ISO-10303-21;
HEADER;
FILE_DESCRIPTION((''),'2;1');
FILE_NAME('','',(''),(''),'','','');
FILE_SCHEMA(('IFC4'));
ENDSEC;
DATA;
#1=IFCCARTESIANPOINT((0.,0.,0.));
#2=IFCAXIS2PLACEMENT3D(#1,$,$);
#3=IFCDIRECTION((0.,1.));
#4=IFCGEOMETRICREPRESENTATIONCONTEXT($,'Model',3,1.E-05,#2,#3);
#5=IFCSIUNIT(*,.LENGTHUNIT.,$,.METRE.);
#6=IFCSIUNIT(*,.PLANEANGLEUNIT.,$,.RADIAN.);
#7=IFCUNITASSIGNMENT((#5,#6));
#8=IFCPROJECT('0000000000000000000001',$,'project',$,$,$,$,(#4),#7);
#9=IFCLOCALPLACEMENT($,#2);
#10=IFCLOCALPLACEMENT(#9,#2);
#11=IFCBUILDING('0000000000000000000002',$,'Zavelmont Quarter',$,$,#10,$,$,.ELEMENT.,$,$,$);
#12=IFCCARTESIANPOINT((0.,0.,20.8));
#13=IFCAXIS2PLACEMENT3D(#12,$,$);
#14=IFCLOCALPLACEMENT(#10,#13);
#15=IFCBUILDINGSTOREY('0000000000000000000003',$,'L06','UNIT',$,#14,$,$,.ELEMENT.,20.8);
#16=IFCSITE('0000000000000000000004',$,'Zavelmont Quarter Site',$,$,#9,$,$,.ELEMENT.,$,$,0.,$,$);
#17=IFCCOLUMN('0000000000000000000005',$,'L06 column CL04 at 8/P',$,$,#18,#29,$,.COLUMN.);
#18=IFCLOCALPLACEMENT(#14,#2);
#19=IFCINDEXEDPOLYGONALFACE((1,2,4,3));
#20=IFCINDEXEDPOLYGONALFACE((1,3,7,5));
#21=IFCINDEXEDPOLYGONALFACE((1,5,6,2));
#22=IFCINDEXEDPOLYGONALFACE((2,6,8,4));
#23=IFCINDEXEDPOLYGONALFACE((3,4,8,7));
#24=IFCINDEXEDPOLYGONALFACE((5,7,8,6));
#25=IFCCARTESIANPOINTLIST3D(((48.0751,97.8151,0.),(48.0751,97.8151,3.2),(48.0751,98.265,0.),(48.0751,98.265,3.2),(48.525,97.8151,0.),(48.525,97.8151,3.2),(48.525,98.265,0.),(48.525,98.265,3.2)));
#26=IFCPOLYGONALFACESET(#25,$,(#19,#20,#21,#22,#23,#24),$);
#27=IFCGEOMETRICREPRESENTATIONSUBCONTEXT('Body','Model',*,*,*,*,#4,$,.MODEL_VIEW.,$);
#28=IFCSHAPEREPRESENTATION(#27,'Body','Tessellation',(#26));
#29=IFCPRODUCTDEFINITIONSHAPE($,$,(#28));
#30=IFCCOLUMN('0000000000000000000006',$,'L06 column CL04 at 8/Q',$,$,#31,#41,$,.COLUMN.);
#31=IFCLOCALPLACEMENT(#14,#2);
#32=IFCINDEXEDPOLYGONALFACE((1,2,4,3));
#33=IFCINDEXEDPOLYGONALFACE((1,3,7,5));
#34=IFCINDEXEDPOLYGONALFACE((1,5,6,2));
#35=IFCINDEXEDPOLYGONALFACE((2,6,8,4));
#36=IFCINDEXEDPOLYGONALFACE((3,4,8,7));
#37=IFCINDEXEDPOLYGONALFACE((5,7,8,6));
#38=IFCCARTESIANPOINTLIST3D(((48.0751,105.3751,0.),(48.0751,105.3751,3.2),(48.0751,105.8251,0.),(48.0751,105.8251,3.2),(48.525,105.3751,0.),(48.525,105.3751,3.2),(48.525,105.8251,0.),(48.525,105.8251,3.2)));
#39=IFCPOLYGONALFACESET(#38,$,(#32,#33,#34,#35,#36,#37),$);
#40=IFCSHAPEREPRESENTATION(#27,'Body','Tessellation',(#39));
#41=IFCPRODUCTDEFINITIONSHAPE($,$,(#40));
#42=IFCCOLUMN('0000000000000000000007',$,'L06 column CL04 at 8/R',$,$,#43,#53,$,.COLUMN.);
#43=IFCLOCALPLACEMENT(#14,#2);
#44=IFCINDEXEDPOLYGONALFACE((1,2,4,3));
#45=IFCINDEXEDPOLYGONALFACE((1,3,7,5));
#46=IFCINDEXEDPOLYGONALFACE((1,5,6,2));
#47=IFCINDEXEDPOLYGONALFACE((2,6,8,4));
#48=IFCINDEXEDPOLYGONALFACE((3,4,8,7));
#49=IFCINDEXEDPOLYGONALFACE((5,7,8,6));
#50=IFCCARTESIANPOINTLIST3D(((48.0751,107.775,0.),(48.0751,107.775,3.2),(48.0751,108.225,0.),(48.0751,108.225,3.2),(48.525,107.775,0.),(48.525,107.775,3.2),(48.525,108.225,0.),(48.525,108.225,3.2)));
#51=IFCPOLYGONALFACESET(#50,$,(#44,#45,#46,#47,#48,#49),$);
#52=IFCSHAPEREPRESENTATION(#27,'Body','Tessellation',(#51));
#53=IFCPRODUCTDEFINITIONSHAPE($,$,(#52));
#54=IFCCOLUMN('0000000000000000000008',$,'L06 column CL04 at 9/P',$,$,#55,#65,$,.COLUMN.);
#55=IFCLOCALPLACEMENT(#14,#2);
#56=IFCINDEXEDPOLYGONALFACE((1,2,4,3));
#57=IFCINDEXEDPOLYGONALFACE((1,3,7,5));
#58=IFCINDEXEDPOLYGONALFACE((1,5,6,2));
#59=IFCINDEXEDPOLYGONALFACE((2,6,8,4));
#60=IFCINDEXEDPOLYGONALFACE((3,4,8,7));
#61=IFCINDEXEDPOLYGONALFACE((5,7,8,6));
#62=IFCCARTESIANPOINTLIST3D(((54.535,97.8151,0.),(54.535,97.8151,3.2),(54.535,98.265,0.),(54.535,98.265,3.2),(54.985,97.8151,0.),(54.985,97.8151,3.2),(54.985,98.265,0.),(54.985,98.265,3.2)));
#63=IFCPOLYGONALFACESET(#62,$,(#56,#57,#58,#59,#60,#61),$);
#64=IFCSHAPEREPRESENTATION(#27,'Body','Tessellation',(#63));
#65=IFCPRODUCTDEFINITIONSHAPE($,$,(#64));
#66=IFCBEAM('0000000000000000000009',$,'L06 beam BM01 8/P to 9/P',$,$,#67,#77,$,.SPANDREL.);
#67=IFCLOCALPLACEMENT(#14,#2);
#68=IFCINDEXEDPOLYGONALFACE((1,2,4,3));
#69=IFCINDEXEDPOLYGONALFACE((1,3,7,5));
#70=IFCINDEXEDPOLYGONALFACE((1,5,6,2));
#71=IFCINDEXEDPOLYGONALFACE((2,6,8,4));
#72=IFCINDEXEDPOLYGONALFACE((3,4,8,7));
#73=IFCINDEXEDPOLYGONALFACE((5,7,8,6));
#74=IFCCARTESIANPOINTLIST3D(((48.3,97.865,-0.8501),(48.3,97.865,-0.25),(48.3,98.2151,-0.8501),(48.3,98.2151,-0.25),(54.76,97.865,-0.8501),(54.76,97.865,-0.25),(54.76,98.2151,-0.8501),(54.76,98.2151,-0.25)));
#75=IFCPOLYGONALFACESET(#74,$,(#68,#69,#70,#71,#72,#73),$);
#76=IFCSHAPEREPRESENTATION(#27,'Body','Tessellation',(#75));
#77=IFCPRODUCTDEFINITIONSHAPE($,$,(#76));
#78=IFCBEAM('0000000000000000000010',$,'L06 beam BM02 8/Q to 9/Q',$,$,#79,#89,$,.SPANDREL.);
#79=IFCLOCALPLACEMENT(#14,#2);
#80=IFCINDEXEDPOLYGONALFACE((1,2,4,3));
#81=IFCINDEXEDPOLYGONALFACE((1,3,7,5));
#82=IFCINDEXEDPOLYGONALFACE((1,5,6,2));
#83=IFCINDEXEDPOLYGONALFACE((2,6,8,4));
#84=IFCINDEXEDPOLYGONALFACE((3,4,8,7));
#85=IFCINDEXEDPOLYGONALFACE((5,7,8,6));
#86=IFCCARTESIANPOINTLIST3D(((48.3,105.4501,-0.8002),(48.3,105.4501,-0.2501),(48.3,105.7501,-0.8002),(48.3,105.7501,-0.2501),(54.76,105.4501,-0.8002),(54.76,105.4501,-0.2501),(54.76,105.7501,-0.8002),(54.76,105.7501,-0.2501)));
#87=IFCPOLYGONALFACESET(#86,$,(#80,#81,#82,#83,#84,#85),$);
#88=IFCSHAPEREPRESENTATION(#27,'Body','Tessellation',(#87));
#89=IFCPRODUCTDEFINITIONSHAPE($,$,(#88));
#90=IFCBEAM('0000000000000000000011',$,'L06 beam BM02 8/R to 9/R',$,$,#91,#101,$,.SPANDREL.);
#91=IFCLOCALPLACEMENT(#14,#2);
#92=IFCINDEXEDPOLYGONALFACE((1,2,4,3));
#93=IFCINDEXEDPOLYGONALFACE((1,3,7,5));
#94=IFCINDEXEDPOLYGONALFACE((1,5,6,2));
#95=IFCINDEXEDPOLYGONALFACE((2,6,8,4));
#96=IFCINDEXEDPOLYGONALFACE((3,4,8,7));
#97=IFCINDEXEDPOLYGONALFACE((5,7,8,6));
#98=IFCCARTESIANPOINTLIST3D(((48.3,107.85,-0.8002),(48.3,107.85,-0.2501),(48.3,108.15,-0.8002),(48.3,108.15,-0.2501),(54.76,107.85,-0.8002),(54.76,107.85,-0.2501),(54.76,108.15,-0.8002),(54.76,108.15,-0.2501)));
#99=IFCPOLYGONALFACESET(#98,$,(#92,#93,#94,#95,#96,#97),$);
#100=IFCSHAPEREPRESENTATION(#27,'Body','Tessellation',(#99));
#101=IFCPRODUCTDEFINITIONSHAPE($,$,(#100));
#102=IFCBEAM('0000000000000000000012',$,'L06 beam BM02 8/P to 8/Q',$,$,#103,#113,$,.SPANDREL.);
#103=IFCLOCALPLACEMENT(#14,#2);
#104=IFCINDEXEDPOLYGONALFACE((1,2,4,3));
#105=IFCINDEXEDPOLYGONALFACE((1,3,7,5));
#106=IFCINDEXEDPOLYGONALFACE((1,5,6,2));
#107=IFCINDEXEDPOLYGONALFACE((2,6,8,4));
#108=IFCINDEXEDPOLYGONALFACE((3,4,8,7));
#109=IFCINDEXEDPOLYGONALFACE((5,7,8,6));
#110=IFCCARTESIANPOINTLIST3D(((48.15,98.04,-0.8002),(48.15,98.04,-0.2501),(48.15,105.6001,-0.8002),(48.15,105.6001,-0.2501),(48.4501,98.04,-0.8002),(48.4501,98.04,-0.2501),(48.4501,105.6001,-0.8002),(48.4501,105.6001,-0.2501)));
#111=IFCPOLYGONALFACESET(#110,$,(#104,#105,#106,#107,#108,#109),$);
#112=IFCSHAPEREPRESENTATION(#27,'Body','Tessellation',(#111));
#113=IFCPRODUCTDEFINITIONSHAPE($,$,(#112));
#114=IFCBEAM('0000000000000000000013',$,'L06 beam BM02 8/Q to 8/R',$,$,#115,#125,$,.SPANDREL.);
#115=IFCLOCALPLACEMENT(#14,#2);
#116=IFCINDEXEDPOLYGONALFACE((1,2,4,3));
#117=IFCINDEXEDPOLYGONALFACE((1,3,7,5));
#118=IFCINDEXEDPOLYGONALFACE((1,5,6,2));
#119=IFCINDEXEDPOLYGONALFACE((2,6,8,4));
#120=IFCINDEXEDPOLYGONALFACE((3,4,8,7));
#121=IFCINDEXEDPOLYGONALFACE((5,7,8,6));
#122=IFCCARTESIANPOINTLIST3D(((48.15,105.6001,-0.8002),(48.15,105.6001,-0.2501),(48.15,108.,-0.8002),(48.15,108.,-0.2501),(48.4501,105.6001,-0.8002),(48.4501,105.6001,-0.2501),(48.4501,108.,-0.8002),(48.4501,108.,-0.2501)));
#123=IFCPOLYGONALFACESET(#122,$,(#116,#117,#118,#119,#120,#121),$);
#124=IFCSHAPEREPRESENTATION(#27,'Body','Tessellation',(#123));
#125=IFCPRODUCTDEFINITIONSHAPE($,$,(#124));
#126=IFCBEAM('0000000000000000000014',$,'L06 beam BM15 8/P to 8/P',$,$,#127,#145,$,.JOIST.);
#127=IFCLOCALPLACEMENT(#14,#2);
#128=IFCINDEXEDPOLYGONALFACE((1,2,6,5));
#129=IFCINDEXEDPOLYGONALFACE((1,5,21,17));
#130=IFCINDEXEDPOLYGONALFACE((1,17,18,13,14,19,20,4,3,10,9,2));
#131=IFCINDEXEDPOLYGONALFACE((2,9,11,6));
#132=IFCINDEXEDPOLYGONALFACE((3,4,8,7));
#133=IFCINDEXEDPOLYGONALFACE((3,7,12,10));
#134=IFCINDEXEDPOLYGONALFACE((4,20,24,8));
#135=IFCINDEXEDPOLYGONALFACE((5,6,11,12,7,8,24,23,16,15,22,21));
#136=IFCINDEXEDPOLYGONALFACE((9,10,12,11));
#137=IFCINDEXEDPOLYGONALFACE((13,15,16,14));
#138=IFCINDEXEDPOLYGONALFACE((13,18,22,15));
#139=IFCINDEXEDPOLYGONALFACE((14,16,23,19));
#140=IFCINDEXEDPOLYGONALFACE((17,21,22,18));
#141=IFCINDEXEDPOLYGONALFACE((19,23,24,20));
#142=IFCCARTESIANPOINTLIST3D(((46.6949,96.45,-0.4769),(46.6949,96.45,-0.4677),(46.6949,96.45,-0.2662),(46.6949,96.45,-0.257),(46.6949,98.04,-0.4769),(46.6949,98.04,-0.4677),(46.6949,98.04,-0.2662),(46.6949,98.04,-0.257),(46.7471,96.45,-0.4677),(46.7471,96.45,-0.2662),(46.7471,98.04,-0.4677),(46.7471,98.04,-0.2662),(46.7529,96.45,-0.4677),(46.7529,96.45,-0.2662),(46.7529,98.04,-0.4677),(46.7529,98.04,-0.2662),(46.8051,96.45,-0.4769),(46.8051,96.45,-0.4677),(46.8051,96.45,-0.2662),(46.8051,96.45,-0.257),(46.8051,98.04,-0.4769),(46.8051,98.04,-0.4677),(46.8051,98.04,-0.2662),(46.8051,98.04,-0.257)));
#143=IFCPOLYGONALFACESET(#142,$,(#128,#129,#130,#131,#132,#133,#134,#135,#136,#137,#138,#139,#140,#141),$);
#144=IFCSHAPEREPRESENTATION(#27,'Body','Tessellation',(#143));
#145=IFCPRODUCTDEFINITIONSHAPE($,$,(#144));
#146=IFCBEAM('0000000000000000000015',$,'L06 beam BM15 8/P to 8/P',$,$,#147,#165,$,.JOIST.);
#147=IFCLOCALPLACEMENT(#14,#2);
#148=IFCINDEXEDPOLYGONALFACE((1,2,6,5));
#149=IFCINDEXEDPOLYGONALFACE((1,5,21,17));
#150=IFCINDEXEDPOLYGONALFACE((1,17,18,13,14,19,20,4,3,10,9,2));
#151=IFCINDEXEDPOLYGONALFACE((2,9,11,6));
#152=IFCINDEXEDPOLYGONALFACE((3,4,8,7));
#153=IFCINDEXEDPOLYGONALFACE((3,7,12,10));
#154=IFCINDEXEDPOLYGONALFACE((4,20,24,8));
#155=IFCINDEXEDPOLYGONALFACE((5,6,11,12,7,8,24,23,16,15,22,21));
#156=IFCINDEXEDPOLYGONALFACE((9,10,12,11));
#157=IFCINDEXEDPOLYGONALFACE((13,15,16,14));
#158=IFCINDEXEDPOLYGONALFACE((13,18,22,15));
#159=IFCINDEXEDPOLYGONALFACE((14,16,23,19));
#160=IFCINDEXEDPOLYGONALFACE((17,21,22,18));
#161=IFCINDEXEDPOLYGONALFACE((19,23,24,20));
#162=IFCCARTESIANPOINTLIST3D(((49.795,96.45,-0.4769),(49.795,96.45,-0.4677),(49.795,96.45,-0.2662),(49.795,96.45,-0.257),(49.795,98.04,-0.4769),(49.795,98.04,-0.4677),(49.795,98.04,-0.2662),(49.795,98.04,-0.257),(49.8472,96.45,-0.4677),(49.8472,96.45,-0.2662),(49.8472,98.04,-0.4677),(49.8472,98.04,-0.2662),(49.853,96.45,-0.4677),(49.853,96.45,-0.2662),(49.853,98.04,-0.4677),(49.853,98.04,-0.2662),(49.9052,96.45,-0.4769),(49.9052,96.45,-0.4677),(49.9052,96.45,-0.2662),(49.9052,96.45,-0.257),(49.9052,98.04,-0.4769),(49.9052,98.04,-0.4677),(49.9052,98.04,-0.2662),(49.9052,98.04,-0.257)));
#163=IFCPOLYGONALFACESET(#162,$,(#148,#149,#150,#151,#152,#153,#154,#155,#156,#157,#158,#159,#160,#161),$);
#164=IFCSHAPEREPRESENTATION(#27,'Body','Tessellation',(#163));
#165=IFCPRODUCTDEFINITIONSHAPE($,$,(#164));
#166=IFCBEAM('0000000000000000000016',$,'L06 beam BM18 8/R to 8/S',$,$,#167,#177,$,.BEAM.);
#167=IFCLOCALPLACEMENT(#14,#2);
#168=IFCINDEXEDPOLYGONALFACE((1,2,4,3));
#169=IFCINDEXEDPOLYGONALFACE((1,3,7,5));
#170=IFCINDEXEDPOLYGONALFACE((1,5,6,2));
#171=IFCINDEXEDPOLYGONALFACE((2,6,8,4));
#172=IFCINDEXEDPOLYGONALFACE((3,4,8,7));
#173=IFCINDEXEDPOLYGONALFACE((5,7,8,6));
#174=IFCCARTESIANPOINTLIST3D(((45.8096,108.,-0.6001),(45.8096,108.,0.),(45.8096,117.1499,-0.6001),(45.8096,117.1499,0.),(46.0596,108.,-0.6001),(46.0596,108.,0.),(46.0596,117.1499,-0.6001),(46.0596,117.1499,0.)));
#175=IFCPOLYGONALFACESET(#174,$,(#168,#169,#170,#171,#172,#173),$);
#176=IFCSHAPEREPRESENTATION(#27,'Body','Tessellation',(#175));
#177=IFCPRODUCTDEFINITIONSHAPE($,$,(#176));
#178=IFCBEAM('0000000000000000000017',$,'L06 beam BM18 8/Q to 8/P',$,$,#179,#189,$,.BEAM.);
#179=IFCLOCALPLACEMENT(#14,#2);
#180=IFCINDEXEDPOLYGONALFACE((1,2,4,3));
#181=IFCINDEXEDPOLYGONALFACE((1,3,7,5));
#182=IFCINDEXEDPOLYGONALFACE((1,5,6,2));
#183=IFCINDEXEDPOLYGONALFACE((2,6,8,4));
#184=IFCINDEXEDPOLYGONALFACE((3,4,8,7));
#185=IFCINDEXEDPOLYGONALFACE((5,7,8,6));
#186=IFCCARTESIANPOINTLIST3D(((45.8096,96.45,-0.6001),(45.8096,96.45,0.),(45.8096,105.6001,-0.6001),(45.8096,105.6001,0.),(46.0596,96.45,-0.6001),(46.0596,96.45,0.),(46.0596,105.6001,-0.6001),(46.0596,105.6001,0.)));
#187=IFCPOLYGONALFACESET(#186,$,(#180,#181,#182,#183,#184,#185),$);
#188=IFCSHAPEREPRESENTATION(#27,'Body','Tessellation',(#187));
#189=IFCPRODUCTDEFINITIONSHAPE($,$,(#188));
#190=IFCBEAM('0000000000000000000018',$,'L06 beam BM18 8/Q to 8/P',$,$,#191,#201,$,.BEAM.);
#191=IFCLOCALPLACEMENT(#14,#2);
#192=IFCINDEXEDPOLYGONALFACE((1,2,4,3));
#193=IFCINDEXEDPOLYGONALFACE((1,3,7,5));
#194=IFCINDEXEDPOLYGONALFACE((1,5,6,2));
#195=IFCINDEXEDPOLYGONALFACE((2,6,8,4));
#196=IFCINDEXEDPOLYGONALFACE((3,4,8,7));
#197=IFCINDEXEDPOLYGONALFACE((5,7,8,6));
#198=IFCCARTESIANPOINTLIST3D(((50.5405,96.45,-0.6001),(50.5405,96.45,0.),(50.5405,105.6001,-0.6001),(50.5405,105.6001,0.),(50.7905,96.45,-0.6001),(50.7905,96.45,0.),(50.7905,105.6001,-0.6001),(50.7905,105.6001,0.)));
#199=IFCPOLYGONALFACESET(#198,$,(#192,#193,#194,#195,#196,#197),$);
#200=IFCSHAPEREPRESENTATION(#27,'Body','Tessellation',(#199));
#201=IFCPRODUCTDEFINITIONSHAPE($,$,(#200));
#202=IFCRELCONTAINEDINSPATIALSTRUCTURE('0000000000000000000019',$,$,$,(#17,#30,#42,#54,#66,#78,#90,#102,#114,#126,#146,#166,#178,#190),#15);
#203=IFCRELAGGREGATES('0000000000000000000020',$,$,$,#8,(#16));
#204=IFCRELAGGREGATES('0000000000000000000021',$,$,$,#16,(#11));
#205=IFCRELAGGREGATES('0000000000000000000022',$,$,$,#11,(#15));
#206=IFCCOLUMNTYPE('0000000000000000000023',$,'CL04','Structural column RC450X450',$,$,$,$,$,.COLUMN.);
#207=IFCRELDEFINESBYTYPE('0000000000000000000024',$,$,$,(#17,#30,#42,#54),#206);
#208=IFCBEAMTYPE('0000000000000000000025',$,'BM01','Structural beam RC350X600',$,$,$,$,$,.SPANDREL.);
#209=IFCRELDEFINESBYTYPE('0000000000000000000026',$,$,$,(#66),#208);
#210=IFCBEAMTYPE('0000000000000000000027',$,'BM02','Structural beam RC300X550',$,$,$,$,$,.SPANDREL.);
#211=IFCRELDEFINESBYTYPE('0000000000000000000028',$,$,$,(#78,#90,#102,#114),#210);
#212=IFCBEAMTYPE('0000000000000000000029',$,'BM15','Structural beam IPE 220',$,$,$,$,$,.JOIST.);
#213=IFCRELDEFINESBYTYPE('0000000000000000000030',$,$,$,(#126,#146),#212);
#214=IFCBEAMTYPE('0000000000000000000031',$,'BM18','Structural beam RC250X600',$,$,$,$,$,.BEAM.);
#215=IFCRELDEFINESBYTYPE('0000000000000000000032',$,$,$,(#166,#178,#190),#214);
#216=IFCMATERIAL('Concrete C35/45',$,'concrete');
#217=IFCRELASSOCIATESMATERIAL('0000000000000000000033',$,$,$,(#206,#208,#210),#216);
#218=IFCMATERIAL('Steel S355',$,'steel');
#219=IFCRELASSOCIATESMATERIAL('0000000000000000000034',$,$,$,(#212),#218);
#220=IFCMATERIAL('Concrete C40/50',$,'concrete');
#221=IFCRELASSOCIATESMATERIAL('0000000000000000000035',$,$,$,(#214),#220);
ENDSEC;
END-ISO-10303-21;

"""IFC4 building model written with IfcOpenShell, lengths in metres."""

from ifc_helpers import new_model, si_unit, direction, frame, origin, origin_2d, place, context, subcontext, project, spatial, rectangle, i_section, extrude, material, material_profile, profile_set, type_object, element, save


model = new_model("IFC4")

# Units and contexts
model_context = context("Model", 3, precision=1e-05, world=origin(), true_north=direction((0.0, 1.0)))
body_context = subcontext(model_context, "Body", "Model", "MODEL_VIEW")
ifc_project = project(units=[si_unit("LENGTHUNIT", "METRE"), si_unit("PLANEANGLEUNIT", "RADIAN")], contexts=[model_context])

# Site, building, storey
site_placement = place(None, origin())
site = spatial("IfcSite", under=ifc_project, at=site_placement, Name="Zavelmont Quarter Site", CompositionType="ELEMENT", RefElevation=0.0)
building_placement = place(site_placement, origin())
building = spatial("IfcBuilding", under=site, at=building_placement, Name="Zavelmont Quarter", CompositionType="ELEMENT")
storey_placement = place(building_placement, frame((0.0, 0.0, 20.8)))
storey = spatial("IfcBuildingStorey", under=building, at=storey_placement, Name="L06", Description="UNIT", CompositionType="ELEMENT", Elevation=20.8)

# Columns
ifc_material_1 = material(Name="Concrete C35/45", Category="concrete")
ifc_material_profile_1 = material_profile(ifc_material_1, rectangle(XDim=0.45, YDim=0.45, at=origin_2d()), Name="RC450X450")
ifc_profile_set_1 = profile_set([ifc_material_profile_1], Name="Concrete C35/45")
column_type = type_object("IfcColumnType", Name="CL04", Description="Structural column RC450X450", PredefinedType="COLUMN", material=ifc_profile_set_1)
for number, where, z_axis, x_axis, name in (
    (1, (48.3, 98.04, 0.0), (0.0, 0.0, 1.0), (1.0, 0.0, 0.0), "L06 column CL04 at 8/P"),
    (2, (48.3, 105.6001, 0.0), (0.0, 0.0, 1.0), (1.0, 0.0, 0.0), "L06 column CL04 at 8/Q"),
    (3, (48.3, 108.0, 0.0), (0.0, 0.0, 1.0), (1.0, 0.0, 0.0), "L06 column CL04 at 8/R"),
    (4, (54.76, 98.04, 0.0), (0.0, 0.0, 1.0), (1.0, 0.0, 0.0), "L06 column CL04 at 9/P"),
):
    element("IfcColumn", number, at=place(storey_placement, frame(where, z_axis=z_axis, x_axis=x_axis)), inside=storey, type_object=column_type, Name=name, PredefinedType="COLUMN", context=body_context, shape_type="SweptSolid", body=[
        extrude(rectangle(XDim=0.45, YDim=0.45, at=origin_2d()), origin(), (0.0, 0.0, 1.0), 3.2),
    ])

# Beams
ifc_material_profile_2 = material_profile(ifc_material_1, rectangle(XDim=0.3501, YDim=0.6001, at=origin_2d()), Name="RC350X600")
ifc_profile_set_2 = profile_set([ifc_material_profile_2], Name="Concrete C35/45")
beam_type_1 = type_object("IfcBeamType", Name="BM01", Description="Structural beam RC350X600", PredefinedType="SPANDREL", material=ifc_profile_set_2)
beam_1_placement = place(storey_placement, frame((48.3, 98.04, -0.55), z_axis=(1.0, 0.0, 0.0), x_axis=(0.0, 1.0, 0.0)))
element("IfcBeam", 5, at=beam_1_placement, inside=storey, type_object=beam_type_1, Name="L06 beam BM01 8/P to 9/P", PredefinedType="SPANDREL", context=body_context, shape_type="SweptSolid", body=[
    extrude(rectangle(XDim=0.3501, YDim=0.6001, at=origin_2d()), origin(), (0.0, 0.0, 1.0), 6.46),
])
ifc_material_profile_3 = material_profile(ifc_material_1, rectangle(XDim=0.3, YDim=0.55, at=origin_2d()), Name="RC300X550")
ifc_profile_set_3 = profile_set([ifc_material_profile_3], Name="Concrete C35/45")
beam_type_2 = type_object("IfcBeamType", Name="BM02", Description="Structural beam RC300X550", PredefinedType="SPANDREL", material=ifc_profile_set_3)
for number, where, z_axis, x_axis, name in (
    (6, (48.3, 105.6001, -0.5251), (1.0, 0.0, 0.0), (0.0, 1.0, 0.0), "L06 beam BM02 8/Q to 9/Q"),
    (7, (48.3, 108.0, -0.5251), (1.0, 0.0, 0.0), (0.0, 1.0, 0.0), "L06 beam BM02 8/R to 9/R"),
):
    element("IfcBeam", number, at=place(storey_placement, frame(where, z_axis=z_axis, x_axis=x_axis)), inside=storey, type_object=beam_type_2, Name=name, PredefinedType="SPANDREL", context=body_context, shape_type="SweptSolid", body=[
        extrude(rectangle(XDim=0.3, YDim=0.55, at=origin_2d()), origin(), (0.0, 0.0, 1.0), 6.46),
    ])
beam_2_placement = place(storey_placement, frame((48.3, 98.04, -0.5251), z_axis=(0.0, 1.0, 0.0), x_axis=(-1.0, 0.0, 0.0)))
element("IfcBeam", 8, at=beam_2_placement, inside=storey, type_object=beam_type_2, Name="L06 beam BM02 8/P to 8/Q", PredefinedType="SPANDREL", context=body_context, shape_type="SweptSolid", body=[
    extrude(rectangle(XDim=0.3, YDim=0.55, at=origin_2d()), origin(), (0.0, 0.0, 1.0), 7.5601),
])
beam_3_placement = place(storey_placement, frame((48.3, 105.6001, -0.5251), z_axis=(0.0, 1.0, 0.0), x_axis=(-1.0, 0.0, 0.0)))
element("IfcBeam", 9, at=beam_3_placement, inside=storey, type_object=beam_type_2, Name="L06 beam BM02 8/Q to 8/R", PredefinedType="SPANDREL", context=body_context, shape_type="SweptSolid", body=[
    extrude(rectangle(XDim=0.3, YDim=0.55, at=origin_2d()), origin(), (0.0, 0.0, 1.0), 2.3999),
])
ifc_material_2 = material(Name="Steel S355", Category="steel")
ifc_material_profile_4 = material_profile(ifc_material_2, i_section(OverallWidth=0.1101, OverallDepth=0.22, WebThickness=0.0059, FlangeThickness=0.0093, at=origin_2d()), Name="IPE 220")
ifc_profile_set_4 = profile_set([ifc_material_profile_4], Name="Steel S355")
beam_type_3 = type_object("IfcBeamType", Name="BM15", Description="Structural beam IPE 220", PredefinedType="JOIST", material=ifc_profile_set_4)
for number, where, z_axis, x_axis, name in (
    (10, (46.75, 98.04, -0.3669), (0.0, -1.0, 0.0), (1.0, 0.0, 0.0), "L06 beam BM15 8/P to 8/P"),
    (11, (49.8501, 98.04, -0.3669), (0.0, -1.0, 0.0), (1.0, 0.0, 0.0), "L06 beam BM15 8/P to 8/P"),
):
    element("IfcBeam", number, at=place(storey_placement, frame(where, z_axis=z_axis, x_axis=x_axis)), inside=storey, type_object=beam_type_3, Name=name, PredefinedType="JOIST", context=body_context, shape_type="SweptSolid", body=[
        extrude(i_section(OverallWidth=0.1101, OverallDepth=0.22, WebThickness=0.0059, FlangeThickness=0.0093, at=origin_2d()), origin(), (0.0, 0.0, 1.0), 1.5901),
    ])
ifc_material_3 = material(Name="Concrete C40/50", Category="concrete")
ifc_material_profile_5 = material_profile(ifc_material_3, rectangle(XDim=0.25, YDim=0.6001, at=origin_2d()), Name="RC250X600")
ifc_profile_set_5 = profile_set([ifc_material_profile_5], Name="Concrete C40/50")
beam_type_4 = type_object("IfcBeamType", Name="BM18", Description="Structural beam RC250X600", PredefinedType="BEAM", material=ifc_profile_set_5)
beam_4_placement = place(storey_placement, frame((45.9346, 108.0, -0.3), z_axis=(0.0, 1.0, 0.0), x_axis=(-1.0, 0.0, 0.0)))
element("IfcBeam", 12, at=beam_4_placement, inside=storey, type_object=beam_type_4, Name="L06 beam BM18 8/R to 8/S", PredefinedType="BEAM", context=body_context, shape_type="SweptSolid", body=[
    extrude(rectangle(XDim=0.25, YDim=0.6001, at=origin_2d()), origin(), (0.0, 0.0, 1.0), 9.1499),
])
for number, where, z_axis, x_axis, name in (
    (13, (45.9346, 105.6001, -0.3), (0.0, -1.0, 0.0), (1.0, 0.0, 0.0), "L06 beam BM18 8/Q to 8/P"),
    (14, (50.6655, 105.6001, -0.3), (0.0, -1.0, 0.0), (1.0, 0.0, 0.0), "L06 beam BM18 8/Q to 8/P"),
):
    element("IfcBeam", number, at=place(storey_placement, frame(where, z_axis=z_axis, x_axis=x_axis)), inside=storey, type_object=beam_type_4, Name=name, PredefinedType="BEAM", context=body_context, shape_type="SweptSolid", body=[
        extrude(rectangle(XDim=0.25, YDim=0.6001, at=origin_2d()), origin(), (0.0, 0.0, 1.0), 9.1501),
    ])

save(model, "model.ifc")
